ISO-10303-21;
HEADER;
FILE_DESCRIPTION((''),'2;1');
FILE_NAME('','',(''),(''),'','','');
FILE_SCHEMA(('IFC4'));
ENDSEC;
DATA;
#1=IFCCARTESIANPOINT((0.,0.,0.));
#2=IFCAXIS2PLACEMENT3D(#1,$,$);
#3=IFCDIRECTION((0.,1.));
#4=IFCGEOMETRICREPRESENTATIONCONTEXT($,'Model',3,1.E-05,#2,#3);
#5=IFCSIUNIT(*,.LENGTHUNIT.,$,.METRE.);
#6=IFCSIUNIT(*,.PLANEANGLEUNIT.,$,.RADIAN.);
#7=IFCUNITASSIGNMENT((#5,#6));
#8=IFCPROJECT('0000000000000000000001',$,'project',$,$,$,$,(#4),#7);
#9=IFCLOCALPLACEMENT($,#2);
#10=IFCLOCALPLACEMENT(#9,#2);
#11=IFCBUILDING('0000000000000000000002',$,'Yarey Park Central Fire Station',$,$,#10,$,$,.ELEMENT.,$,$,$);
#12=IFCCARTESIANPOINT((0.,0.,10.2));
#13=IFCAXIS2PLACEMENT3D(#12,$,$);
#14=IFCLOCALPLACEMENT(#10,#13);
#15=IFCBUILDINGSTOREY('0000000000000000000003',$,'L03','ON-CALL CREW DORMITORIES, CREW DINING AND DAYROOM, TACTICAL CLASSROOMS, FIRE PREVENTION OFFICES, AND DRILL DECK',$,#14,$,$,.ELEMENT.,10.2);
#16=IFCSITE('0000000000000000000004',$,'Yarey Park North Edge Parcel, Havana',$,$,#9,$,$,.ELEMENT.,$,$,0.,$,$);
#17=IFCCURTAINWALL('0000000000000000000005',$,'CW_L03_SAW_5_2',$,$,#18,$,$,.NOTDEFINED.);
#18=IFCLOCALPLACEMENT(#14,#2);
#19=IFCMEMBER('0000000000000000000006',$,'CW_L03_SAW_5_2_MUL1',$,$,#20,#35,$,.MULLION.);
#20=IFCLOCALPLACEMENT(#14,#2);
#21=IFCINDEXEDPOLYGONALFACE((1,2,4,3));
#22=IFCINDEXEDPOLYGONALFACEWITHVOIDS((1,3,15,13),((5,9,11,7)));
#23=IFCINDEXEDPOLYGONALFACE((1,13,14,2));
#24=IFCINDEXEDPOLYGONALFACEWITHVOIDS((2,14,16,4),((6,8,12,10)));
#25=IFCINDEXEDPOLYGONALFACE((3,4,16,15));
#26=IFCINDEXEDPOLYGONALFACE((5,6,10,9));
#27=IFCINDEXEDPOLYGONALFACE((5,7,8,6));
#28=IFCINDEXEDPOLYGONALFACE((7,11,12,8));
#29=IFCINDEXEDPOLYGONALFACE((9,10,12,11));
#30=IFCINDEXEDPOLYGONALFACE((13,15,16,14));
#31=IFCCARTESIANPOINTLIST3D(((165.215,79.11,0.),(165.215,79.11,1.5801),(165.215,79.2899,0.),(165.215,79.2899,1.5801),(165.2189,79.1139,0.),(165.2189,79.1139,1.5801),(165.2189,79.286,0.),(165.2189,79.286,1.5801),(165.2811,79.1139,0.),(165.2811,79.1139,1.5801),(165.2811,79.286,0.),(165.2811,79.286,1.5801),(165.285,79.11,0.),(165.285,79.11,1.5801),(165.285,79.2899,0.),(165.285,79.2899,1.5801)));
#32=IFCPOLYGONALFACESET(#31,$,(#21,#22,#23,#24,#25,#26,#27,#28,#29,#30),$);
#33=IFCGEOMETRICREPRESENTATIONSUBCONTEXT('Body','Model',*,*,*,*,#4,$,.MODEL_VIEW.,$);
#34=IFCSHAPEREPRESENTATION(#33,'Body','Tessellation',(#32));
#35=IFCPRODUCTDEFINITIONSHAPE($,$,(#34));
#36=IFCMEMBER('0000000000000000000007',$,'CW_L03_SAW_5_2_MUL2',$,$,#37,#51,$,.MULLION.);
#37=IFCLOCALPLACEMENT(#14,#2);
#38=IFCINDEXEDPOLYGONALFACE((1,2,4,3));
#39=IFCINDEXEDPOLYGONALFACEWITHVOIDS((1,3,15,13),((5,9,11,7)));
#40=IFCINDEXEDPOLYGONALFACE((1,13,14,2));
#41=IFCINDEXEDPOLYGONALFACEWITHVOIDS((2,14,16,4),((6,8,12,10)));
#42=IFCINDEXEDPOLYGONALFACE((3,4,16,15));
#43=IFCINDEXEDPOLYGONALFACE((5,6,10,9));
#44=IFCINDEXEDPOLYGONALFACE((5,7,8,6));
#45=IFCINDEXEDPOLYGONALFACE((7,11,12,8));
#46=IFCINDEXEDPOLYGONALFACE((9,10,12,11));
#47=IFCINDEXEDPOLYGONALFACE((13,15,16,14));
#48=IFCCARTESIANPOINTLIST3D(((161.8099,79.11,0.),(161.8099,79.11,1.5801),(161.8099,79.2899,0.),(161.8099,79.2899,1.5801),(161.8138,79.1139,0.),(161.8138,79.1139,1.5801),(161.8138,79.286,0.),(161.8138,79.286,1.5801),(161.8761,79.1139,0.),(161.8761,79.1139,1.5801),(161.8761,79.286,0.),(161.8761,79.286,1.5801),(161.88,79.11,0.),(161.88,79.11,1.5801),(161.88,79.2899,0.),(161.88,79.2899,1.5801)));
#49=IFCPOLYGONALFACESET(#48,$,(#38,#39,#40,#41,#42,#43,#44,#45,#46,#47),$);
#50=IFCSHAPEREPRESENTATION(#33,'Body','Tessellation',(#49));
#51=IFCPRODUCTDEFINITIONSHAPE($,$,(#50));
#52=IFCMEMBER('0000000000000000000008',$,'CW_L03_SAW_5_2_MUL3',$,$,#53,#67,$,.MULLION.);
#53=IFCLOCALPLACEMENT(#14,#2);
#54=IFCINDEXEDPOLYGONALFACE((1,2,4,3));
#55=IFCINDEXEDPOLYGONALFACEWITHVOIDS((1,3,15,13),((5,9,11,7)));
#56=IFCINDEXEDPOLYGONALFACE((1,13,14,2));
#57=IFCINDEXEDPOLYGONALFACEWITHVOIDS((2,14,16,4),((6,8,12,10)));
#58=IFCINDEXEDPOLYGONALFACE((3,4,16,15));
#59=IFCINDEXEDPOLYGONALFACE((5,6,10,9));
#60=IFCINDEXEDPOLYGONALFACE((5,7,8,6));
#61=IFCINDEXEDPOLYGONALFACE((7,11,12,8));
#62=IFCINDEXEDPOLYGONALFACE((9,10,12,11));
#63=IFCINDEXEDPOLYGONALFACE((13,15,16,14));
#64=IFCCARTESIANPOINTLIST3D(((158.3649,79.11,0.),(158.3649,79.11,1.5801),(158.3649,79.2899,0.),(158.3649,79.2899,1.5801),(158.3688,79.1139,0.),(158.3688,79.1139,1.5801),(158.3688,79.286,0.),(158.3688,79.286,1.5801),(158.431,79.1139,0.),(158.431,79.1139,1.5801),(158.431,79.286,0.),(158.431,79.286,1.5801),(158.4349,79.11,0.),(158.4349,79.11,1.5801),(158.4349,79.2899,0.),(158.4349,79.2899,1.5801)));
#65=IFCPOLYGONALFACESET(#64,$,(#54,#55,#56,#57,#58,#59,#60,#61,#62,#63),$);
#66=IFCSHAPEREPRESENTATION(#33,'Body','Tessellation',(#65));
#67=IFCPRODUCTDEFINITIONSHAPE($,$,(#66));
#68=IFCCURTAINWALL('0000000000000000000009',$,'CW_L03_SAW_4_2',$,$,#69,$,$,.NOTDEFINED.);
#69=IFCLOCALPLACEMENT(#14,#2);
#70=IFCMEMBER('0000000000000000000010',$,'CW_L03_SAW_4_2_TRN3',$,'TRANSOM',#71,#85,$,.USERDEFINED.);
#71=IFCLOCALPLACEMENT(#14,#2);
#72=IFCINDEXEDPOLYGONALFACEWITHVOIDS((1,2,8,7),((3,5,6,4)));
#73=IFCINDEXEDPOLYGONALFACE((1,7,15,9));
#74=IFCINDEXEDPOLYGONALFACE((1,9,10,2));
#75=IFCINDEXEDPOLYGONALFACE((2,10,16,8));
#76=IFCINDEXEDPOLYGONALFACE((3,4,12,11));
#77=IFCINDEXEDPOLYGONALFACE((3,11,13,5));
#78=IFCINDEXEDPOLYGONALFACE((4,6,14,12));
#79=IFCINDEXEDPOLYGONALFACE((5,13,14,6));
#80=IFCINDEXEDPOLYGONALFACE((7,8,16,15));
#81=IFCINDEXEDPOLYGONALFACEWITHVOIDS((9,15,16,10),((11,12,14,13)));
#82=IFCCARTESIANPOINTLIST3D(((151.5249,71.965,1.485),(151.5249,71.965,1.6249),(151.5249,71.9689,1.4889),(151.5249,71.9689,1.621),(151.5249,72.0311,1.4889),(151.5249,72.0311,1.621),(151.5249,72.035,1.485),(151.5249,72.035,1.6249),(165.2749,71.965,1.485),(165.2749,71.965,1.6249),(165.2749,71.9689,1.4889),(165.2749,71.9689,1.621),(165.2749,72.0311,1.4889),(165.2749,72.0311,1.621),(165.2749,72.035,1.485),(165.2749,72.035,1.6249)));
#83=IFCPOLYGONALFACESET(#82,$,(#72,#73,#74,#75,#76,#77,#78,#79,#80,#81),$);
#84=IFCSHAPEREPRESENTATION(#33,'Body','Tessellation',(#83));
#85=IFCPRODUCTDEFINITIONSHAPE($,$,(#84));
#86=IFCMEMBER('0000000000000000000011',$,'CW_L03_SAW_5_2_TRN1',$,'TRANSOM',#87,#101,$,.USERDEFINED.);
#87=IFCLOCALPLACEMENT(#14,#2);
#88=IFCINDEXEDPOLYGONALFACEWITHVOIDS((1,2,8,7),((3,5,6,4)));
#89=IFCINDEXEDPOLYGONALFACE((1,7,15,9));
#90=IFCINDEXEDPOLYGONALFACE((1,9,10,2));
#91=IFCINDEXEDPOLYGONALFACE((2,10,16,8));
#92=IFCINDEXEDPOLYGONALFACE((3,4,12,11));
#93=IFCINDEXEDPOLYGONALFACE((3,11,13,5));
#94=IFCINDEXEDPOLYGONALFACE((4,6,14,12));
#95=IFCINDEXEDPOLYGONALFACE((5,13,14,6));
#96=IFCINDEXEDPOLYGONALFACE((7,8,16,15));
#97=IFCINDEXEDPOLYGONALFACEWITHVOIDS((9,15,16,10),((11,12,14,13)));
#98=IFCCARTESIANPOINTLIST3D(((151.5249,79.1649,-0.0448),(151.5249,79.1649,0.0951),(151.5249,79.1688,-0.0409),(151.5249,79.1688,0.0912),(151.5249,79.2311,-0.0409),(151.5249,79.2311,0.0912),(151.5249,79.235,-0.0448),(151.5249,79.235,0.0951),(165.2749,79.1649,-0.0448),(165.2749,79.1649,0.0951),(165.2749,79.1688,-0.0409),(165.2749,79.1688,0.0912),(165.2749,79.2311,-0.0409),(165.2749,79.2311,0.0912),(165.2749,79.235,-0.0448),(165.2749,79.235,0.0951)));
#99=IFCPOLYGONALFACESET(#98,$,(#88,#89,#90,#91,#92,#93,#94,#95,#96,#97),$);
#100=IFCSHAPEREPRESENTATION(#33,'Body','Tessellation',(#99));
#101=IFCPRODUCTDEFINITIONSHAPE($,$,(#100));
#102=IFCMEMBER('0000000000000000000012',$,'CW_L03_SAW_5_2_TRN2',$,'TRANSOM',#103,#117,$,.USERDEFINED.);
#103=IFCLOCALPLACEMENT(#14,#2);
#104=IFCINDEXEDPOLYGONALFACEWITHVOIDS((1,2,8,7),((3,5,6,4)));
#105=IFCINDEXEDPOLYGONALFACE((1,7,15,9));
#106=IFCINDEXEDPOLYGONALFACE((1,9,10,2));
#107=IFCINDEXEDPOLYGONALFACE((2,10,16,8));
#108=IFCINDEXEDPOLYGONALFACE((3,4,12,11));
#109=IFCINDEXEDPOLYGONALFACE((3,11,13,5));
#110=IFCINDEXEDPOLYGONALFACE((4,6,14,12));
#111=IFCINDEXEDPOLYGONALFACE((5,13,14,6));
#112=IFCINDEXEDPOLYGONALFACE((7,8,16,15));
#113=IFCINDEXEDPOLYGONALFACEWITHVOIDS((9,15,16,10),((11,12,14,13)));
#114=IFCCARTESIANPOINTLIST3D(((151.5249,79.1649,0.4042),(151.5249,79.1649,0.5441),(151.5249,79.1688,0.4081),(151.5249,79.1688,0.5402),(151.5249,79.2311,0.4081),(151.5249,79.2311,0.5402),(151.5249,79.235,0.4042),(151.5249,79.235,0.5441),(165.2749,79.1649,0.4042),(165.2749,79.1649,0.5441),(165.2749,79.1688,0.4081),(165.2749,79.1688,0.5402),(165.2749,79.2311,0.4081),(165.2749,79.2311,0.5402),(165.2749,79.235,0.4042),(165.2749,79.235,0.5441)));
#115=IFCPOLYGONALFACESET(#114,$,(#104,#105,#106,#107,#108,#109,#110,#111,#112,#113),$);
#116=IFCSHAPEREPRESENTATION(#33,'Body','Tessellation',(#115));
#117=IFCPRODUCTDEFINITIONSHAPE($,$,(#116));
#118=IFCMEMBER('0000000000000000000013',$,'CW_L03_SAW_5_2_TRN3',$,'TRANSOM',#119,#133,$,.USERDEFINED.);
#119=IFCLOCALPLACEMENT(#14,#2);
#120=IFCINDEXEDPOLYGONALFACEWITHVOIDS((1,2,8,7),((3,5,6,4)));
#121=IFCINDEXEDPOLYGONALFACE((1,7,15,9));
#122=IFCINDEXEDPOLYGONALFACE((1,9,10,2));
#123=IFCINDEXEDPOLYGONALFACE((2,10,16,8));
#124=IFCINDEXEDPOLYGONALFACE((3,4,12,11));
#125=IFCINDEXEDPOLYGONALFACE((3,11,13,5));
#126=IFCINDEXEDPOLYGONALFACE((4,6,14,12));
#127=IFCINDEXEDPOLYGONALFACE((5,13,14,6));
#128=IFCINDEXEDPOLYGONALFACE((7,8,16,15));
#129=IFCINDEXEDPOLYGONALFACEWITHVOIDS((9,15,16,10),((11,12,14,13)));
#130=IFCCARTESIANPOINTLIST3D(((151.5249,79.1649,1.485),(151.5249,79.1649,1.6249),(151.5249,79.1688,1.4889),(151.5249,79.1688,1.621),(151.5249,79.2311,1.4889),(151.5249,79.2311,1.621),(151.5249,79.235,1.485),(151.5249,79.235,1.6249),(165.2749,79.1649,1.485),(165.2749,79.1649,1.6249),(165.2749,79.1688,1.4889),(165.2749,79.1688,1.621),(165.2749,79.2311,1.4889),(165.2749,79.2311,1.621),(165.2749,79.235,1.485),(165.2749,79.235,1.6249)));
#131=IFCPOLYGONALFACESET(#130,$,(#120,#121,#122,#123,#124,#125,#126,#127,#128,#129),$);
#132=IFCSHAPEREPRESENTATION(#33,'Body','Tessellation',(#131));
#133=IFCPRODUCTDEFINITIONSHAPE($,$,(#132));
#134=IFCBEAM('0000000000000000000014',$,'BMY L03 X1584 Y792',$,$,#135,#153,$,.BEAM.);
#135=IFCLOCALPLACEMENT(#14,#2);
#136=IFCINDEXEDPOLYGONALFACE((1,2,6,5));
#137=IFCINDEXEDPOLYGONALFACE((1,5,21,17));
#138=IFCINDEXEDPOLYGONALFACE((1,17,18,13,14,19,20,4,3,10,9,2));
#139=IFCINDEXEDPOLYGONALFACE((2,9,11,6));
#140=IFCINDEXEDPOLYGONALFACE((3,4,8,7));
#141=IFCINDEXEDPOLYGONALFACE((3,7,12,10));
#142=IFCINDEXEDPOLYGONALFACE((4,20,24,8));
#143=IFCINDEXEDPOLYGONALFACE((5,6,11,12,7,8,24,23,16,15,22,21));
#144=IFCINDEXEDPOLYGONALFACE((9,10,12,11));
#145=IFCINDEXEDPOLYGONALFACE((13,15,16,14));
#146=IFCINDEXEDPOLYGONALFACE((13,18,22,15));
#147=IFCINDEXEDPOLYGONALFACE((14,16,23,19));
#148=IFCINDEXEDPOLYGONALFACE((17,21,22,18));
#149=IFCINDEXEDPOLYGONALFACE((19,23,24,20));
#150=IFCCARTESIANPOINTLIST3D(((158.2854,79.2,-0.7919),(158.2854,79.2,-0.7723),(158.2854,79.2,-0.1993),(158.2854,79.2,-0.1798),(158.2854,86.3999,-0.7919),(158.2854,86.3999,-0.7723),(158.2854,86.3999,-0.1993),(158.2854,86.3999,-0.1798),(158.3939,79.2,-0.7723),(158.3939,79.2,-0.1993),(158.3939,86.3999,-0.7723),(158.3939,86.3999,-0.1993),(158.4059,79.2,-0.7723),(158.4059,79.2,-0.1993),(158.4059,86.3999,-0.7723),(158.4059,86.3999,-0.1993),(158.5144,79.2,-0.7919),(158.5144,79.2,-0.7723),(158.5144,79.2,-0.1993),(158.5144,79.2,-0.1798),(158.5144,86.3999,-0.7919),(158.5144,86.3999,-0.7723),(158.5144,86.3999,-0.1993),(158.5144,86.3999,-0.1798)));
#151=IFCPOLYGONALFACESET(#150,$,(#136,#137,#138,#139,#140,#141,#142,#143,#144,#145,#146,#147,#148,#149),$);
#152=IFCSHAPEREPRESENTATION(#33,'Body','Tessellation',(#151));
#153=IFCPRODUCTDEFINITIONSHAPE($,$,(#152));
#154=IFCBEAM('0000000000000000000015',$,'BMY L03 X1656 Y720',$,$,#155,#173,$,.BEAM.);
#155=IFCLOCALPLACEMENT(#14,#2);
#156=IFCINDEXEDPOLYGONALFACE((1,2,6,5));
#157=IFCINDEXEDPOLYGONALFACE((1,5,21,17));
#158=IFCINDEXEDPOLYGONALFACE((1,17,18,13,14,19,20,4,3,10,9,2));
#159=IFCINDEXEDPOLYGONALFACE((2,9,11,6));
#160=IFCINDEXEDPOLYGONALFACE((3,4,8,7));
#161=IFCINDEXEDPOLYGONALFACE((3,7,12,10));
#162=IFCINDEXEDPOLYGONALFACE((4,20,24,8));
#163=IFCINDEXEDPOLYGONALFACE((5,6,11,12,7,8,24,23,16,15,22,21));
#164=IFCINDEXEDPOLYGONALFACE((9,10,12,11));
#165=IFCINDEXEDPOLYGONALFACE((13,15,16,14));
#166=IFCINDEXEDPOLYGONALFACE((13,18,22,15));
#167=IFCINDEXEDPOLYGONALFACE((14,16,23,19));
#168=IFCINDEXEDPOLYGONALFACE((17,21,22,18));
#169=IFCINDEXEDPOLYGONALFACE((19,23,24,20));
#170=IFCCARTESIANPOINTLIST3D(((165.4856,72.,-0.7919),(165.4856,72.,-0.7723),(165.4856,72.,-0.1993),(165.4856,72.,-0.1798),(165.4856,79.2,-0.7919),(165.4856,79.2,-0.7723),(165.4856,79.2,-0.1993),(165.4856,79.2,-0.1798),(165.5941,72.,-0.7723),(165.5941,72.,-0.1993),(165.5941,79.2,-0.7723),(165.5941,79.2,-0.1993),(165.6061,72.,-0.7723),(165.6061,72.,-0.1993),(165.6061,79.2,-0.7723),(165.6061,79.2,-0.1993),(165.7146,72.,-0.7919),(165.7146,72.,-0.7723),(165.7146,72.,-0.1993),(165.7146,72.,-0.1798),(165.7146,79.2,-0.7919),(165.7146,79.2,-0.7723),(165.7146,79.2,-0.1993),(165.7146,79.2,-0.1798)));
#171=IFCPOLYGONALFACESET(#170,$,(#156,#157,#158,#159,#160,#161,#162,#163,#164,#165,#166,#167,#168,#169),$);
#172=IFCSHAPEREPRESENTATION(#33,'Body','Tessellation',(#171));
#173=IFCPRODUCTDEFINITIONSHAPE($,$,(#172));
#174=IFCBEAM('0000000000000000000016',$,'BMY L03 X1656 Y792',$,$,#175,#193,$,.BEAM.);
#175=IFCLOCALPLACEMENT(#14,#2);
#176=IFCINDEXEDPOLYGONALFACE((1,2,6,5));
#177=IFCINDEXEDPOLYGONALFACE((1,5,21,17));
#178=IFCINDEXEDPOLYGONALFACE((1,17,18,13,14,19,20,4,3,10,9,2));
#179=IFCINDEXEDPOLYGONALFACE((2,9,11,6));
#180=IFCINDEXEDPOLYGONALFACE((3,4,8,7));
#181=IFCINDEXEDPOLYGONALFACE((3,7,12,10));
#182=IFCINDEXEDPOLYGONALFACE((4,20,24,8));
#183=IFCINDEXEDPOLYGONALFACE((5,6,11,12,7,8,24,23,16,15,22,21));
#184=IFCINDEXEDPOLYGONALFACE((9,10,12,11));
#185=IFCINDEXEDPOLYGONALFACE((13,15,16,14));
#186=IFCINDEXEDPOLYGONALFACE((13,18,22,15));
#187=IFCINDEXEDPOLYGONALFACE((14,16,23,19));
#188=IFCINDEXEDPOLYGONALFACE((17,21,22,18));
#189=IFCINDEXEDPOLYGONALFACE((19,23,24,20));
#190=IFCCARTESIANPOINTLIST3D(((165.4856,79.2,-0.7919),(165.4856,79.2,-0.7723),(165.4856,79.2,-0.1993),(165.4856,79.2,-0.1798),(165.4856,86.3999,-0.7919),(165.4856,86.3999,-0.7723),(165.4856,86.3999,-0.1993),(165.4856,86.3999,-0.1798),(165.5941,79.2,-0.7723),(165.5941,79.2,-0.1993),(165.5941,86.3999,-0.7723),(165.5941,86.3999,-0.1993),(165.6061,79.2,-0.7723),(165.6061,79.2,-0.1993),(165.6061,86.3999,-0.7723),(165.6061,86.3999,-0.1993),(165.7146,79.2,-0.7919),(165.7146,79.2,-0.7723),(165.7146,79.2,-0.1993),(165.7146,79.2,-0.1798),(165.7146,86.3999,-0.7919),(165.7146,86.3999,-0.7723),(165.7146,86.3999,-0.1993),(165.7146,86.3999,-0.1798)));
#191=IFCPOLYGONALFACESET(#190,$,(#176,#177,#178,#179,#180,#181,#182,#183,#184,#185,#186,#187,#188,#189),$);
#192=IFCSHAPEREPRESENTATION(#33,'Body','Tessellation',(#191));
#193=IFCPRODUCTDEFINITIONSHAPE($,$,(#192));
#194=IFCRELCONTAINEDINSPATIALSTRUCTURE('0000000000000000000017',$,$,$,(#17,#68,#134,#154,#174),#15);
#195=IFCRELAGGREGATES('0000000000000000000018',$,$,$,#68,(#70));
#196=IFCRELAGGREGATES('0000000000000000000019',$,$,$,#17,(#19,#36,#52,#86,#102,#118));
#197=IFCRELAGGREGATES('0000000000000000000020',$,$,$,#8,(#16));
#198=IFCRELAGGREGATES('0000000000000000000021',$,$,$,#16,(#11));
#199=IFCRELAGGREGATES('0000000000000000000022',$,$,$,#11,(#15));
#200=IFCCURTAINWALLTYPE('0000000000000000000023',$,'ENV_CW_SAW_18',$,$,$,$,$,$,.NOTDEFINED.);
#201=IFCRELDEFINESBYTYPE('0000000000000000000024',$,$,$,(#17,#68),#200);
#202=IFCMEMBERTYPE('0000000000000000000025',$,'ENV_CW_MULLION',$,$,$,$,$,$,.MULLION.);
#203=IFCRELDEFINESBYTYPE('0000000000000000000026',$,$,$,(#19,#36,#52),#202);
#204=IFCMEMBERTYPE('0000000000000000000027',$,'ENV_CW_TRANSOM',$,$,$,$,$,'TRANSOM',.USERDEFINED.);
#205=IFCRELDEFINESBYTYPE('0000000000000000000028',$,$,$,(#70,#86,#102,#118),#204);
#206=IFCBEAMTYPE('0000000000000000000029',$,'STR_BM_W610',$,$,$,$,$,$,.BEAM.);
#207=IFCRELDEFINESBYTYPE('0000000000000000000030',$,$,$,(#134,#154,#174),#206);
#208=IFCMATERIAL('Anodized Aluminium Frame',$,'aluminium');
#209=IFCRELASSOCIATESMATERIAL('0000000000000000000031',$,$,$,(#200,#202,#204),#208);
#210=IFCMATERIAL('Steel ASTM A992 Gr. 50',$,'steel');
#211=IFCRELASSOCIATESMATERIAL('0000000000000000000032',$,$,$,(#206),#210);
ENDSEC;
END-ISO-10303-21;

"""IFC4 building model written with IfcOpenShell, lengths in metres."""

from ifc_helpers import new_model, si_unit, direction, frame, origin, origin_2d, place, context, subcontext, project, spatial, hollow_rectangle, i_section, extrude, material, material_profile, profile_set, type_object, element, aggregate, save


model = new_model("IFC4")

# Units and contexts
model_context = context("Model", 3, precision=1e-05, world=origin(), true_north=direction((0.0, 1.0)))
body_context = subcontext(model_context, "Body", "Model", "MODEL_VIEW")
ifc_project = project(units=[si_unit("LENGTHUNIT", "METRE"), si_unit("PLANEANGLEUNIT", "RADIAN")], contexts=[model_context])

# Site, building, storey
site_placement = place(None, origin())
site = spatial("IfcSite", under=ifc_project, at=site_placement, Name="Yarey Park North Edge Parcel, Havana", CompositionType="ELEMENT", RefElevation=0.0)
building_placement = place(site_placement, origin())
building = spatial("IfcBuilding", under=site, at=building_placement, Name="Yarey Park Central Fire Station", CompositionType="ELEMENT")
storey_placement = place(building_placement, frame((0.0, 0.0, 10.2)))
storey = spatial("IfcBuildingStorey", under=building, at=storey_placement, Name="L03", Description="ON-CALL CREW DORMITORIES, CREW DINING AND DAYROOM, TACTICAL CLASSROOMS, FIRE PREVENTION OFFICES, AND DRILL DECK", CompositionType="ELEMENT", Elevation=10.2)

# Curtain wall, members
ifc_material_1 = material(Name="Anodized Aluminium Frame", Category="aluminium")
curtain_wall_type = type_object("IfcCurtainWallType", Name="ENV_CW_SAW_18", PredefinedType="NOTDEFINED", material=ifc_material_1)
curtain_wall_1_placement = place(storey_placement, origin())
curtain_wall_1 = element("IfcCurtainWall", 1, at=curtain_wall_1_placement, inside=storey, type_object=curtain_wall_type, Name="CW_L03_SAW_5_2", PredefinedType="NOTDEFINED")
ifc_material_profile_1 = material_profile(ifc_material_1, hollow_rectangle(XDim=0.0701, YDim=0.1799, WallThickness=0.0039, at=origin_2d()), Name="ALU 180x70x4")
ifc_profile_set_1 = profile_set([ifc_material_profile_1], Name="Anodized Aluminium Frame")
member_type_1 = type_object("IfcMemberType", Name="ENV_CW_MULLION", PredefinedType="MULLION", material=ifc_profile_set_1)
member_1_placement = place(storey_placement, frame((165.25, 79.2, 0.0), z_axis=(0.0, 0.0, 1.0), x_axis=(1.0, 0.0, 0.0)))
member_1 = element("IfcMember", 2, at=member_1_placement, type_object=member_type_1, Name="CW_L03_SAW_5_2_MUL1", PredefinedType="MULLION", context=body_context, shape_type="SweptSolid", body=[
    extrude(hollow_rectangle(XDim=0.0701, YDim=0.1799, WallThickness=0.0039, at=origin_2d()), origin(), (0.0, 0.0, 1.0), 1.5801),
])
member_2_placement = place(storey_placement, frame((161.845, 79.2, 0.0), z_axis=(0.0, 0.0, 1.0), x_axis=(1.0, 0.0, 0.0)))
member_2 = element("IfcMember", 3, at=member_2_placement, type_object=member_type_1, Name="CW_L03_SAW_5_2_MUL2", PredefinedType="MULLION", context=body_context, shape_type="SweptSolid", body=[
    extrude(hollow_rectangle(XDim=0.0701, YDim=0.1799, WallThickness=0.0039, at=origin_2d()), origin(), (0.0, 0.0, 1.0), 1.5801),
])
member_3_placement = place(storey_placement, frame((158.3999, 79.2, 0.0), z_axis=(0.0, 0.0, 1.0), x_axis=(1.0, 0.0, 0.0)))
member_3 = element("IfcMember", 4, at=member_3_placement, type_object=member_type_1, Name="CW_L03_SAW_5_2_MUL3", PredefinedType="MULLION", context=body_context, shape_type="SweptSolid", body=[
    extrude(hollow_rectangle(XDim=0.0701, YDim=0.1799, WallThickness=0.0039, at=origin_2d()), origin(), (0.0, 0.0, 1.0), 1.5801),
])

# Curtain wall, member
curtain_wall_2_placement = place(storey_placement, origin())
curtain_wall_2 = element("IfcCurtainWall", 5, at=curtain_wall_2_placement, inside=storey, type_object=curtain_wall_type, Name="CW_L03_SAW_4_2", PredefinedType="NOTDEFINED")
ifc_material_profile_2 = material_profile(ifc_material_1, hollow_rectangle(XDim=0.0701, YDim=0.1399, WallThickness=0.0039, at=origin_2d()), Name="ALU 140x70x4")
ifc_profile_set_2 = profile_set([ifc_material_profile_2], Name="Anodized Aluminium Frame")
member_type_2 = type_object("IfcMemberType", Name="ENV_CW_TRANSOM", ElementType="TRANSOM", PredefinedType="USERDEFINED", material=ifc_profile_set_2)
member_4_placement = place(storey_placement, frame((165.2749, 72.0, 1.5549), z_axis=(-1.0, 0.0, 0.0), x_axis=(0.0, -1.0, 0.0)))
member_4 = element("IfcMember", 6, at=member_4_placement, type_object=member_type_2, Name="CW_L03_SAW_4_2_TRN3", ObjectType="TRANSOM", PredefinedType="USERDEFINED", context=body_context, shape_type="SweptSolid", body=[
    extrude(hollow_rectangle(XDim=0.0701, YDim=0.1399, WallThickness=0.0039, at=origin_2d()), origin(), (0.0, 0.0, 1.0), 13.75),
])
aggregate(curtain_wall_2, [member_4])

# Members
member_5_placement = place(storey_placement, frame((165.2749, 79.2, 0.0251), z_axis=(-1.0, 0.0, 0.0), x_axis=(0.0, -1.0, 0.0)))
member_5 = element("IfcMember", 7, at=member_5_placement, type_object=member_type_2, Name="CW_L03_SAW_5_2_TRN1", ObjectType="TRANSOM", PredefinedType="USERDEFINED", context=body_context, shape_type="SweptSolid", body=[
    extrude(hollow_rectangle(XDim=0.0701, YDim=0.1399, WallThickness=0.0039, at=origin_2d()), origin(), (0.0, 0.0, 1.0), 13.75),
])
member_6_placement = place(storey_placement, frame((165.2749, 79.2, 0.4741), z_axis=(-1.0, 0.0, 0.0), x_axis=(0.0, -1.0, 0.0)))
member_6 = element("IfcMember", 8, at=member_6_placement, type_object=member_type_2, Name="CW_L03_SAW_5_2_TRN2", ObjectType="TRANSOM", PredefinedType="USERDEFINED", context=body_context, shape_type="SweptSolid", body=[
    extrude(hollow_rectangle(XDim=0.0701, YDim=0.1399, WallThickness=0.0039, at=origin_2d()), origin(), (0.0, 0.0, 1.0), 13.75),
])
member_7_placement = place(storey_placement, frame((165.2749, 79.2, 1.5549), z_axis=(-1.0, 0.0, 0.0), x_axis=(0.0, -1.0, 0.0)))
member_7 = element("IfcMember", 9, at=member_7_placement, type_object=member_type_2, Name="CW_L03_SAW_5_2_TRN3", ObjectType="TRANSOM", PredefinedType="USERDEFINED", context=body_context, shape_type="SweptSolid", body=[
    extrude(hollow_rectangle(XDim=0.0701, YDim=0.1399, WallThickness=0.0039, at=origin_2d()), origin(), (0.0, 0.0, 1.0), 13.75),
])

# Beams
ifc_material_2 = material(Name="Steel ASTM A992 Gr. 50", Category="steel")
ifc_material_profile_3 = material_profile(ifc_material_2, i_section(OverallWidth=0.229, OverallDepth=0.6121, WebThickness=0.012, FlangeThickness=0.0195, at=origin_2d()), Name="W610x125")
ifc_profile_set_3 = profile_set([ifc_material_profile_3], Name="Steel ASTM A992 Gr. 50")
beam_type_1 = type_object("IfcBeamType", Name="STR_BM_W610", PredefinedType="BEAM", material=ifc_profile_set_3)
for number, where, z_axis, x_axis, name in (
    (10, (158.3999, 79.2, -0.4858), (0.0, 1.0, 0.0), (-1.0, 0.0, 0.0), "BMY L03 X1584 Y792"),
    (11, (165.6001, 72.0, -0.4858), (0.0, 1.0, 0.0), (-1.0, 0.0, 0.0), "BMY L03 X1656 Y720"),
    (12, (165.6001, 79.2, -0.4858), (0.0, 1.0, 0.0), (-1.0, 0.0, 0.0), "BMY L03 X1656 Y792"),
):
    element("IfcBeam", number, at=place(storey_placement, frame(where, z_axis=z_axis, x_axis=x_axis)), inside=storey, type_object=beam_type_1, Name=name, PredefinedType="BEAM", context=body_context, shape_type="SweptSolid", body=[
        extrude(i_section(OverallWidth=0.229, OverallDepth=0.6121, WebThickness=0.012, FlangeThickness=0.0195, at=origin_2d()), origin(), (0.0, 0.0, 1.0), 7.2),
    ])

aggregate(curtain_wall_1, [member_1, member_2, member_3, member_5, member_6, member_7])

save(model, "model.ifc")
